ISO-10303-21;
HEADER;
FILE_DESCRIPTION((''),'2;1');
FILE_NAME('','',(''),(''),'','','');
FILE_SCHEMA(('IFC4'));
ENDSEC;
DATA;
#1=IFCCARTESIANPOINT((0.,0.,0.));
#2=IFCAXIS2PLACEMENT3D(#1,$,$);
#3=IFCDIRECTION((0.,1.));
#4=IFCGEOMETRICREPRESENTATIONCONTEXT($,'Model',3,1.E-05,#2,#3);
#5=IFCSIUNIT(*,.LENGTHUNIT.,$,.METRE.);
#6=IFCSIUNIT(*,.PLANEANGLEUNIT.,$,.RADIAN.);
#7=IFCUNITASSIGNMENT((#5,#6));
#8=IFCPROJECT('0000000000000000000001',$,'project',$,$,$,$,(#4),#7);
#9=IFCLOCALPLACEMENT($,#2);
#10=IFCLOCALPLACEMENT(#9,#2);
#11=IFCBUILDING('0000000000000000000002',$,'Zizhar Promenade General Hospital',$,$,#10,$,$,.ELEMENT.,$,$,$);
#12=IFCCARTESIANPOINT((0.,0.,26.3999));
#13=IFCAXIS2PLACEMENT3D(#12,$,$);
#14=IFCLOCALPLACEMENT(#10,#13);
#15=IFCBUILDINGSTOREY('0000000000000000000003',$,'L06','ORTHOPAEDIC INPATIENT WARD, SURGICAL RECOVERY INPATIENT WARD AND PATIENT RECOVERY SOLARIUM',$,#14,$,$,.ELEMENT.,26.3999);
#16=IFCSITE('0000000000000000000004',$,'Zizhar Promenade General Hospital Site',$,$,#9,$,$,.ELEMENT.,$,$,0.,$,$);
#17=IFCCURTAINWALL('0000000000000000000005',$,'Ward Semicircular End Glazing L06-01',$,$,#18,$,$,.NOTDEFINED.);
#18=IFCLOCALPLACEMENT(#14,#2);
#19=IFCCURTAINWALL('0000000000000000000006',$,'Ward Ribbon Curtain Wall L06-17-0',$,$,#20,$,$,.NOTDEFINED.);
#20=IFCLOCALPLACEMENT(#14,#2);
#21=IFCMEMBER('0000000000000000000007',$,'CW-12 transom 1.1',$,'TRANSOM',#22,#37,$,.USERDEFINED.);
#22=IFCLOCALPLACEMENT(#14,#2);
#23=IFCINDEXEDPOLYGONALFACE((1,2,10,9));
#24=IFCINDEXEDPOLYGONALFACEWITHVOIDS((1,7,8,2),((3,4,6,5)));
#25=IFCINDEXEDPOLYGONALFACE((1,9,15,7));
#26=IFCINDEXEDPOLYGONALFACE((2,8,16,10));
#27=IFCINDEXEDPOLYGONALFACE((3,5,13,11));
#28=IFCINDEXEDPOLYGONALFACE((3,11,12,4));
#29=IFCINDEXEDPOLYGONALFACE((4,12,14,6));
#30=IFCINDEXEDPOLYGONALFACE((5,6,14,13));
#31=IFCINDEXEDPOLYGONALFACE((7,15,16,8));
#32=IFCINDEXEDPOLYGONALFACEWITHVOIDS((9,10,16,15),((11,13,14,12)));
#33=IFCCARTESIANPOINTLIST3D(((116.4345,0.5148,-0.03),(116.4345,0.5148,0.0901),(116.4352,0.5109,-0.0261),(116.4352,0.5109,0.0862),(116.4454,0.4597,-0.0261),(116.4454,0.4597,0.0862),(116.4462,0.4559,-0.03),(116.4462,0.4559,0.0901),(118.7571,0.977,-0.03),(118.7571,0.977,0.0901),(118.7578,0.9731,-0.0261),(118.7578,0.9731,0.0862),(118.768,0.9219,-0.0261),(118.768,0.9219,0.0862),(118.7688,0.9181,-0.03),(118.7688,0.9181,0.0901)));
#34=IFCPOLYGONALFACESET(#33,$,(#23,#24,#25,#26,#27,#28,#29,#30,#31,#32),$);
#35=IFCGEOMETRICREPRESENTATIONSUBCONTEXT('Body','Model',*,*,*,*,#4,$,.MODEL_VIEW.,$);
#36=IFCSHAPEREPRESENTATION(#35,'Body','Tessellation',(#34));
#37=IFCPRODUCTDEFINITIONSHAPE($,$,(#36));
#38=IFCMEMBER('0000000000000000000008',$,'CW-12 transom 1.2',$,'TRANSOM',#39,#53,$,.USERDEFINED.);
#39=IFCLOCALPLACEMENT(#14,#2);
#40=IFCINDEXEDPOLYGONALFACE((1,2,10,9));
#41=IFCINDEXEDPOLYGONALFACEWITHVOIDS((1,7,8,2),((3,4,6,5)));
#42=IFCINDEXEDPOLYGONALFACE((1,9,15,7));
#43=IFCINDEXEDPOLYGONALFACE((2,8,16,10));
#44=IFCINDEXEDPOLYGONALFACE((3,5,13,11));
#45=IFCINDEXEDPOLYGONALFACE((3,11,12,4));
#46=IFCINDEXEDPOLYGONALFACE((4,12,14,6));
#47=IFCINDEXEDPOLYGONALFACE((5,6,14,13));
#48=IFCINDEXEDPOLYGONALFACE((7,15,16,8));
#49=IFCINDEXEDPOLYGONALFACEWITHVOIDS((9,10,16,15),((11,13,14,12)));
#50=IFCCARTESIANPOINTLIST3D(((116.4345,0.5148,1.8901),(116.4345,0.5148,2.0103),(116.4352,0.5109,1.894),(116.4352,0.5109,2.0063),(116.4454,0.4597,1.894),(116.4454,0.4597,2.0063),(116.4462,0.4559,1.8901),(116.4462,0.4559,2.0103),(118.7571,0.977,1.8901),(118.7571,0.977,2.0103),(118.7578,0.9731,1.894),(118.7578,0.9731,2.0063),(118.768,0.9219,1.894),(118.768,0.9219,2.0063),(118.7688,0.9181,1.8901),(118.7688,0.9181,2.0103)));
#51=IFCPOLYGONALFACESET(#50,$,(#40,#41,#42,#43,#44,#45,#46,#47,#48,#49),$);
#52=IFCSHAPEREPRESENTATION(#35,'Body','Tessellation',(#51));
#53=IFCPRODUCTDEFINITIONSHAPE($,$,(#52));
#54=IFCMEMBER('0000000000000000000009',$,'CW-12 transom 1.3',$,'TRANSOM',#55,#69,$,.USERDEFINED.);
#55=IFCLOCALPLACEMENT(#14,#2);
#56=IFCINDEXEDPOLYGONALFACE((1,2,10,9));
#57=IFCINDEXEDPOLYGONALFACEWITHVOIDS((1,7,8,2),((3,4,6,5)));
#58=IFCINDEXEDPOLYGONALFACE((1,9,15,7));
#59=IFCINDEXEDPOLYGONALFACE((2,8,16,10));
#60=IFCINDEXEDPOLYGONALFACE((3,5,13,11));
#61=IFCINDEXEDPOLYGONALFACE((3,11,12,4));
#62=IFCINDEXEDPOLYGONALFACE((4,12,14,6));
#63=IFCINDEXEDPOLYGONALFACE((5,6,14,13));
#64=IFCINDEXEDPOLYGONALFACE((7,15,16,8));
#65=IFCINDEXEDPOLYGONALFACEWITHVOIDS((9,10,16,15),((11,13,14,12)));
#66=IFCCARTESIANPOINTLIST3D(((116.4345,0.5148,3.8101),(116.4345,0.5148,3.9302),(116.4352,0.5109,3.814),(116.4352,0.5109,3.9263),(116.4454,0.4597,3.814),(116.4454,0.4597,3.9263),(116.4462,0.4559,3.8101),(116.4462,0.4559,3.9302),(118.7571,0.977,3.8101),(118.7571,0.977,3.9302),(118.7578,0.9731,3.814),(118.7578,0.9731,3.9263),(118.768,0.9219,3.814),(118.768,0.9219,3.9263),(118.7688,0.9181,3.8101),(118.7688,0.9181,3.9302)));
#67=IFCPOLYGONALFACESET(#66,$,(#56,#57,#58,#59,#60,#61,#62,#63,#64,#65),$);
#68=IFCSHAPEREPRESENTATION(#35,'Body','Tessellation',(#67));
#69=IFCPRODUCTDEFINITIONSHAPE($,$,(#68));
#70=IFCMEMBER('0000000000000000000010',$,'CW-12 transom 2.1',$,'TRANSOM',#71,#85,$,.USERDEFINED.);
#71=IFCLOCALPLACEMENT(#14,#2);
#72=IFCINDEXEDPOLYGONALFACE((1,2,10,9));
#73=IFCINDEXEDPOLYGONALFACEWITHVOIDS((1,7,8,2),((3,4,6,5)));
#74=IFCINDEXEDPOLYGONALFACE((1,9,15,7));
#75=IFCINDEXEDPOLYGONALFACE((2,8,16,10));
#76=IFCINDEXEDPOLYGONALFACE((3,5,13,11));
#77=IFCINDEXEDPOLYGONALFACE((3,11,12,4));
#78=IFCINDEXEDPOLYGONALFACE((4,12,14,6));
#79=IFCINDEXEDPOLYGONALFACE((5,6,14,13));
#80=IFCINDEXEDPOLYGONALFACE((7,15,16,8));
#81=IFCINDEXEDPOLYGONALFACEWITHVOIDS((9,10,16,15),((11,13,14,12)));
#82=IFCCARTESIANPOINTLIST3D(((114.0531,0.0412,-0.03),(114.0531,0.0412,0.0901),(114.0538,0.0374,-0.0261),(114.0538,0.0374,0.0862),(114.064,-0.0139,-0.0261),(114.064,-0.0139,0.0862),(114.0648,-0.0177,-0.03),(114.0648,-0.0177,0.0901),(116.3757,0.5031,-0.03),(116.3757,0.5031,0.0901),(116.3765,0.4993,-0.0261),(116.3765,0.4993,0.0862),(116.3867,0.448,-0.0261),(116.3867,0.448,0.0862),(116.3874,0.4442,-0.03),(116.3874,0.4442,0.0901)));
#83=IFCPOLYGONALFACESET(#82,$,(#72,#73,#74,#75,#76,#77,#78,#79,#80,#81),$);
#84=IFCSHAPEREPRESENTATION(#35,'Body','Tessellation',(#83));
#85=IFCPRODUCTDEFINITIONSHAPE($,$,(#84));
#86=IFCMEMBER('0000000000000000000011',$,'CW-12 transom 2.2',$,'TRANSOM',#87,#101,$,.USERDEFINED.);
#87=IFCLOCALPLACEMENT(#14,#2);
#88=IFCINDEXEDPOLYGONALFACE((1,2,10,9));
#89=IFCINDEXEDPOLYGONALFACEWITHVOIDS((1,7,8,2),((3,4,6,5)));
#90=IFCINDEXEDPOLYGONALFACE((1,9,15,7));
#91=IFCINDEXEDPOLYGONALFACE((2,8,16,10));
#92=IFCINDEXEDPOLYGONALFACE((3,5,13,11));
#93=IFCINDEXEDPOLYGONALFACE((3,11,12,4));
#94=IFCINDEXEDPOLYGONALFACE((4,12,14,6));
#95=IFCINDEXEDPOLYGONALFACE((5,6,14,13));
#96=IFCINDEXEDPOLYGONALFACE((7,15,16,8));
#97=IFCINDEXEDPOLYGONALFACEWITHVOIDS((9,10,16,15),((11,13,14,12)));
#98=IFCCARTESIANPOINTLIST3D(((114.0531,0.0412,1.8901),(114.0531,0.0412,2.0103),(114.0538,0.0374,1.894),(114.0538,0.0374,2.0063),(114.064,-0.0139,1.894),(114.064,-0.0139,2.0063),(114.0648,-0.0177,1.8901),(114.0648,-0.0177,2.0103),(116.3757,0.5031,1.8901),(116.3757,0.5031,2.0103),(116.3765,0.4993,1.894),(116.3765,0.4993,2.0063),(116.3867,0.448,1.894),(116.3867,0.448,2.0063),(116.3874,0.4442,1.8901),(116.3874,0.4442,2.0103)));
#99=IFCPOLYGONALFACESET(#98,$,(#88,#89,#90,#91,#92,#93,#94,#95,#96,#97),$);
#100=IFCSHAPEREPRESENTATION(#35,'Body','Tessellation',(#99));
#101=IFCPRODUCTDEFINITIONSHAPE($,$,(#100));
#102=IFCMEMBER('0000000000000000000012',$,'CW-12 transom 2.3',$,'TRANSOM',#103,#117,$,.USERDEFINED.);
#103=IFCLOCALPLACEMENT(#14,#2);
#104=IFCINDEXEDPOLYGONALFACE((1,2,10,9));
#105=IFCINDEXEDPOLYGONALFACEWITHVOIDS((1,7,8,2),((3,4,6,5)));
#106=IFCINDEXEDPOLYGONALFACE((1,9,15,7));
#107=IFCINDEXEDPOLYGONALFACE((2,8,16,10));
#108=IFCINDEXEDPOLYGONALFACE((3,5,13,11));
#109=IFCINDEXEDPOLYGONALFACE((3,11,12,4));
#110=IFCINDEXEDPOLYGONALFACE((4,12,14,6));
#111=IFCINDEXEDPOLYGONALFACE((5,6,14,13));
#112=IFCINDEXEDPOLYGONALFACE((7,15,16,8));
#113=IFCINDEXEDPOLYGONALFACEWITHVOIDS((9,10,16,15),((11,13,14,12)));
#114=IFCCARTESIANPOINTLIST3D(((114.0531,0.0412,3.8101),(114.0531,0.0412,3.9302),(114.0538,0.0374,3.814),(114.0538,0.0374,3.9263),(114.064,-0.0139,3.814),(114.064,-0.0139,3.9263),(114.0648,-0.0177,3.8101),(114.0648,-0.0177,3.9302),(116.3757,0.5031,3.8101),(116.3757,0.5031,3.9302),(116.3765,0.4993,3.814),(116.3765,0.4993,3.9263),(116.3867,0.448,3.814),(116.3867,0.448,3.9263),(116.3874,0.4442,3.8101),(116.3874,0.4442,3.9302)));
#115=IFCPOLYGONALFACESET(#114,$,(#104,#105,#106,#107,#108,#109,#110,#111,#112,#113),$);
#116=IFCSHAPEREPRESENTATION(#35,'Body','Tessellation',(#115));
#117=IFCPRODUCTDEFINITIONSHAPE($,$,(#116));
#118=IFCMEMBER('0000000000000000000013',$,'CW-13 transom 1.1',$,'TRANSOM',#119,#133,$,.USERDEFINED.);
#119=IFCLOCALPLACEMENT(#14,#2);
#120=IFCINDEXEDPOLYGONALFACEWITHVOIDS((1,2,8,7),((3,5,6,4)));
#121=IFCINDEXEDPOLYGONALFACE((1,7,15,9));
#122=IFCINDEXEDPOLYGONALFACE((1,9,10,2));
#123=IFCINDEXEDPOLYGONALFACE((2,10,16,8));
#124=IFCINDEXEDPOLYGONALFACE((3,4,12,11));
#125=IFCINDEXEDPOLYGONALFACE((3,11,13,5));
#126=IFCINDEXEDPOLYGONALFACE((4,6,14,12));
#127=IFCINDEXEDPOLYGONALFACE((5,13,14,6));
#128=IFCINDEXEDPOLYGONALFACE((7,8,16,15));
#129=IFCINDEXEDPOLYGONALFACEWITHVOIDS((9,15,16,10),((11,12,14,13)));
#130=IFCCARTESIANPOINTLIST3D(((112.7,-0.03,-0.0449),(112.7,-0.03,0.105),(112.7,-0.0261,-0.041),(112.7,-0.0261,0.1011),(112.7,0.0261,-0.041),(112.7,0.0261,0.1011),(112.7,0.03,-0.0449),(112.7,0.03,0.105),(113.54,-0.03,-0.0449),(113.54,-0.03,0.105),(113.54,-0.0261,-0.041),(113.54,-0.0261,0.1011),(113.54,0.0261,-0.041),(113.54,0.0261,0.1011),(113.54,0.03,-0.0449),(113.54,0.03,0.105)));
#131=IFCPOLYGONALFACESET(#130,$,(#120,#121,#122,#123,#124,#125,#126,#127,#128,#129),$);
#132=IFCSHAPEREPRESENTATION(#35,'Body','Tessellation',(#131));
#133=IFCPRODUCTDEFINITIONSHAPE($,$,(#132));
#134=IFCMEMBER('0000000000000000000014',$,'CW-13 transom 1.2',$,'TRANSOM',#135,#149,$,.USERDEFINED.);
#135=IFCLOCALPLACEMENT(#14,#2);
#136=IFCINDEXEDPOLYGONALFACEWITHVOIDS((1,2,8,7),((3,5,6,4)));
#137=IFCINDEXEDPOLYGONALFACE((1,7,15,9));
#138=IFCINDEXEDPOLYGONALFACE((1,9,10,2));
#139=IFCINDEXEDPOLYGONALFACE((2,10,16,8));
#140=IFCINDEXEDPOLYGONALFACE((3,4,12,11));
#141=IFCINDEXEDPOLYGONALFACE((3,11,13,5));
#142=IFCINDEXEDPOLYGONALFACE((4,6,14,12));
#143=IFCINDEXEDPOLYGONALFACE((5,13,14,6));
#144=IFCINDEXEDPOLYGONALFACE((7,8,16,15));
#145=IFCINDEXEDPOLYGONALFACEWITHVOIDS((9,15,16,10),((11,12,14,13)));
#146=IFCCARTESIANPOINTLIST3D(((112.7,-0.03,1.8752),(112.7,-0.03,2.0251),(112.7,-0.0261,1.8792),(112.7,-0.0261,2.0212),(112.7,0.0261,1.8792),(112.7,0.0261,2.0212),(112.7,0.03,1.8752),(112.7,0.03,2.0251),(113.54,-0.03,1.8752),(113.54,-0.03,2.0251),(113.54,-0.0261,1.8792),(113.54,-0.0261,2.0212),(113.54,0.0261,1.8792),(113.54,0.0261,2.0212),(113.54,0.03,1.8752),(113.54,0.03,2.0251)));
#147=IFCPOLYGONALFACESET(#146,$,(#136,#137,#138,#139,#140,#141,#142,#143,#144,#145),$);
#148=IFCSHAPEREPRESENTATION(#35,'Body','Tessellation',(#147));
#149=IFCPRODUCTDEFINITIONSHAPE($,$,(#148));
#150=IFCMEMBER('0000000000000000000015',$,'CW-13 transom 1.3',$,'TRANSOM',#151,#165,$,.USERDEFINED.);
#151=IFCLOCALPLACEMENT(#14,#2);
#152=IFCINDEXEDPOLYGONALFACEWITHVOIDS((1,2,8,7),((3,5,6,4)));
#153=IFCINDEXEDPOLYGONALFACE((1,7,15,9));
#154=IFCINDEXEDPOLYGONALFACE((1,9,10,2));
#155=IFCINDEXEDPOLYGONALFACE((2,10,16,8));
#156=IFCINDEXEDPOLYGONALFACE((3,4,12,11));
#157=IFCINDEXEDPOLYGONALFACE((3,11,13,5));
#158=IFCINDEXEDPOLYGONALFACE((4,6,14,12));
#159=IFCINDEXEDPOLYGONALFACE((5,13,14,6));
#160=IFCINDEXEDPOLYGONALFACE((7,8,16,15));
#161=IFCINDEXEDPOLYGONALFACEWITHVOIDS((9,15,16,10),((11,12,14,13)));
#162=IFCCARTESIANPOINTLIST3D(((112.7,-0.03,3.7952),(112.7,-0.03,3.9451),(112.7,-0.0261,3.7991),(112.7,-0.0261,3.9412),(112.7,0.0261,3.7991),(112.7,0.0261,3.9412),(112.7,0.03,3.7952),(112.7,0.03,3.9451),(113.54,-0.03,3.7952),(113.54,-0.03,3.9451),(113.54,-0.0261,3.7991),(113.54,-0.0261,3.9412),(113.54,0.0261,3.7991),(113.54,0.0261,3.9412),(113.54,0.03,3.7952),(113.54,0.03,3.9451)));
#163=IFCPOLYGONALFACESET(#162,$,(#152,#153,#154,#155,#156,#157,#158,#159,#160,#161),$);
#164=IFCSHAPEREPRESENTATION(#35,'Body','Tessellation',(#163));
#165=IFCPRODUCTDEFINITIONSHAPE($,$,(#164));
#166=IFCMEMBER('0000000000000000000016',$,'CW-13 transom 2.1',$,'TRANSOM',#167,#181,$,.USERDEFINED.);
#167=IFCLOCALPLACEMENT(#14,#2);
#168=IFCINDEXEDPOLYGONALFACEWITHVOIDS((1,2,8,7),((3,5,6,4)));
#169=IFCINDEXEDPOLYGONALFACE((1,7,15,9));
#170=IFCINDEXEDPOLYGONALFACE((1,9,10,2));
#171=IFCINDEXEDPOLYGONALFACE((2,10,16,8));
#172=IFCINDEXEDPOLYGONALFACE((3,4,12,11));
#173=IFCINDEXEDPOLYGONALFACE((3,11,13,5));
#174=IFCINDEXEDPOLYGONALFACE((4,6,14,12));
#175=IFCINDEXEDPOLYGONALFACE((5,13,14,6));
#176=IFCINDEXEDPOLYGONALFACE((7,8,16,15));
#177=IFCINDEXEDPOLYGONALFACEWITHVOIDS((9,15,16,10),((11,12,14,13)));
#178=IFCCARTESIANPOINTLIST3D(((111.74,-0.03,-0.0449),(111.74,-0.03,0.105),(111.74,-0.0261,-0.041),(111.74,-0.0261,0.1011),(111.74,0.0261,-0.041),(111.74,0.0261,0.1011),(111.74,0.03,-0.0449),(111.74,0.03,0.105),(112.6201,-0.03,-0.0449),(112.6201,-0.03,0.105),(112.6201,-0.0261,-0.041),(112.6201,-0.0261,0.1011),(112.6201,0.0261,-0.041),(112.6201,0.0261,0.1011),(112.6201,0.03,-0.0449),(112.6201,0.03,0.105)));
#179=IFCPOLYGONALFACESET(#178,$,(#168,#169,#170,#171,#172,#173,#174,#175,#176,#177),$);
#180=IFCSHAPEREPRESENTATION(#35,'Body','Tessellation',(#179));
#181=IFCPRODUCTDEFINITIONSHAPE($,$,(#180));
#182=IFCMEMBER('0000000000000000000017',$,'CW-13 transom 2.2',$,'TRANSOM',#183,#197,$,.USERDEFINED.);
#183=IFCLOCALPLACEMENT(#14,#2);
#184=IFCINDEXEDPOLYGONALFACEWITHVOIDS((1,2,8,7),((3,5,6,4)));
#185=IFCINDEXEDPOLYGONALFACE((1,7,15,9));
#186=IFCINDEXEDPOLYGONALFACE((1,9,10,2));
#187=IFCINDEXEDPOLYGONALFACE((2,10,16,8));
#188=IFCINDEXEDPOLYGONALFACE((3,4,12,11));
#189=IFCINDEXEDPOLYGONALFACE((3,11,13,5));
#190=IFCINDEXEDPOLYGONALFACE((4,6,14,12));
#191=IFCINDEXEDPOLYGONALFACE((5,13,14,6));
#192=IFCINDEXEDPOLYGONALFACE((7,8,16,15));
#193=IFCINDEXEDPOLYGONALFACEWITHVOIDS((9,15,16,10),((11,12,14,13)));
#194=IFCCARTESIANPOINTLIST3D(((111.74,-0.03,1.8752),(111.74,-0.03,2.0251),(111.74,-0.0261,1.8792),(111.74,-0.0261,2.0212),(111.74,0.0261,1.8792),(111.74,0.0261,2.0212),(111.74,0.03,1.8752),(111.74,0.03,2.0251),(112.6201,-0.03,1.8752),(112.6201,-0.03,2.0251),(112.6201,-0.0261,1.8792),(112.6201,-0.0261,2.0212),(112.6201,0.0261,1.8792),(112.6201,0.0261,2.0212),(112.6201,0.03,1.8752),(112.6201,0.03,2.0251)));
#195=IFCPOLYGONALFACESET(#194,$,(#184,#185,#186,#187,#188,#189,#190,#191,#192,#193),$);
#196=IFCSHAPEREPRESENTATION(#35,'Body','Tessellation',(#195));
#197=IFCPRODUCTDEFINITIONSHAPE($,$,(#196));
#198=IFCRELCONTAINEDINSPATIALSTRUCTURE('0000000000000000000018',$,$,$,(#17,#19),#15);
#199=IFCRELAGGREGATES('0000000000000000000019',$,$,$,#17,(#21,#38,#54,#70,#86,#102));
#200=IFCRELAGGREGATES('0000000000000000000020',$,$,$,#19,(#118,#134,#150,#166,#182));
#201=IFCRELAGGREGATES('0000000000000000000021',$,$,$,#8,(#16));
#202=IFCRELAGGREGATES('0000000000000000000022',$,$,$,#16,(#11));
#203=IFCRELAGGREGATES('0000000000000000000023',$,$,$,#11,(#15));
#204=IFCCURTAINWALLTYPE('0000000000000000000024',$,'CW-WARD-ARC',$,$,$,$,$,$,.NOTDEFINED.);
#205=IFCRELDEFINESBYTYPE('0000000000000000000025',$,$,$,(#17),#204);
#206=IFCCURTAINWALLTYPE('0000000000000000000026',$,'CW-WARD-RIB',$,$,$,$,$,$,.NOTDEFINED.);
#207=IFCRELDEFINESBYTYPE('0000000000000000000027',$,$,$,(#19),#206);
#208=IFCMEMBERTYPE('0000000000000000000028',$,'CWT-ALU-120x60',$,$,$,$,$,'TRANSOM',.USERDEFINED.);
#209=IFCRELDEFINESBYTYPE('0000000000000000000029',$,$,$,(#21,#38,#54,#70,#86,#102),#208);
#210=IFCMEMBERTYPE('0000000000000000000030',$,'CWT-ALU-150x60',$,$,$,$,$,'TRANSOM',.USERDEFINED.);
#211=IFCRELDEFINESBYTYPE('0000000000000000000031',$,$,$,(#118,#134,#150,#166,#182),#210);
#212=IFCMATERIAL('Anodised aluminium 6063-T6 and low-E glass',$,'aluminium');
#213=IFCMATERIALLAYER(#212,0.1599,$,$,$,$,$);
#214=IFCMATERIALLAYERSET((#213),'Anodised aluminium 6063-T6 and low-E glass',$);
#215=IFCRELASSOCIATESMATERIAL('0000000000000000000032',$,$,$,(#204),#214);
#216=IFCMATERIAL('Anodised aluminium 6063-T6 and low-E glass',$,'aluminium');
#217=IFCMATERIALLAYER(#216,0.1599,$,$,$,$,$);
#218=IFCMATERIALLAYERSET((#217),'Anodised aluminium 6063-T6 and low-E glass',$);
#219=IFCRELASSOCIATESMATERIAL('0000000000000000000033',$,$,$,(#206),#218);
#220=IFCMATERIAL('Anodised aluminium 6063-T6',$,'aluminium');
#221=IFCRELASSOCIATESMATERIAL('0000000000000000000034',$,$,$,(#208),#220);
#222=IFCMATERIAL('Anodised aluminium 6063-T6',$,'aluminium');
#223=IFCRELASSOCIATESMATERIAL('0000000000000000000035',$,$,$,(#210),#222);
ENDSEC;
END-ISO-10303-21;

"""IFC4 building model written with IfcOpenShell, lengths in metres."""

from ifc_helpers import new_model, si_unit, direction, frame, origin, origin_2d, place, context, subcontext, project, spatial, hollow_rectangle, extrude, material, layer, layer_set, material_profile, profile_set, type_object, element, aggregate, save


model = new_model("IFC4")

# Units and contexts
model_context = context("Model", 3, precision=1e-05, world=origin(), true_north=direction((0.0, 1.0)))
body_context = subcontext(model_context, "Body", "Model", "MODEL_VIEW")
ifc_project = project(units=[si_unit("LENGTHUNIT", "METRE"), si_unit("PLANEANGLEUNIT", "RADIAN")], contexts=[model_context])

# Site, building, storey
site_placement = place(None, origin())
site = spatial("IfcSite", under=ifc_project, at=site_placement, Name="Zizhar Promenade General Hospital Site", CompositionType="ELEMENT", RefElevation=0.0)
building_placement = place(site_placement, origin())
building = spatial("IfcBuilding", under=site, at=building_placement, Name="Zizhar Promenade General Hospital", CompositionType="ELEMENT")
storey_placement = place(building_placement, frame((0.0, 0.0, 26.3999)))
storey = spatial("IfcBuildingStorey", under=building, at=storey_placement, Name="L06", Description="ORTHOPAEDIC INPATIENT WARD, SURGICAL RECOVERY INPATIENT WARD AND PATIENT RECOVERY SOLARIUM", CompositionType="ELEMENT", Elevation=26.3999)

# Curtain wall
ifc_material_1 = material(Name="Anodised aluminium 6063-T6 and low-E glass", Category="aluminium")
ifc_layer_1 = layer(ifc_material_1, 0.1599)
ifc_layer_set_1 = layer_set([ifc_layer_1], Name="Anodised aluminium 6063-T6 and low-E glass")
curtain_wall_type_1 = type_object("IfcCurtainWallType", Name="CW-WARD-ARC", PredefinedType="NOTDEFINED", material=ifc_layer_set_1)
curtain_wall_1_placement = place(storey_placement, origin())
curtain_wall_1 = element("IfcCurtainWall", 1, at=curtain_wall_1_placement, inside=storey, type_object=curtain_wall_type_1, Name="Ward Semicircular End Glazing L06-01", PredefinedType="NOTDEFINED")

# Curtain wall
ifc_material_2 = material(Name="Anodised aluminium 6063-T6 and low-E glass", Category="aluminium")
ifc_layer_2 = layer(ifc_material_2, 0.1599)
ifc_layer_set_2 = layer_set([ifc_layer_2], Name="Anodised aluminium 6063-T6 and low-E glass")
curtain_wall_type_2 = type_object("IfcCurtainWallType", Name="CW-WARD-RIB", PredefinedType="NOTDEFINED", material=ifc_layer_set_2)
curtain_wall_2_placement = place(storey_placement, origin())
curtain_wall_2 = element("IfcCurtainWall", 2, at=curtain_wall_2_placement, inside=storey, type_object=curtain_wall_type_2, Name="Ward Ribbon Curtain Wall L06-17-0", PredefinedType="NOTDEFINED")

# Members
ifc_material_3 = material(Name="Anodised aluminium 6063-T6", Category="aluminium")
ifc_material_profile_1 = material_profile(ifc_material_3, hollow_rectangle(XDim=0.0601, YDim=0.1201, WallThickness=0.0039, at=origin_2d()))
ifc_profile_set_1 = profile_set([ifc_material_profile_1], Name="Anodised aluminium 6063-T6")
member_type_1 = type_object("IfcMemberType", Name="CWT-ALU-120x60", ElementType="TRANSOM", PredefinedType="USERDEFINED", material=ifc_profile_set_1)
member_1_placement = place(storey_placement, frame((118.7629, 0.9475, 0.03), z_axis=(-0.980771, -0.195164, 0.0), x_axis=(0.195164, -0.980771, 0.0)))
member_1 = element("IfcMember", 3, at=member_1_placement, type_object=member_type_1, Name="CW-12 transom 1.1", ObjectType="TRANSOM", PredefinedType="USERDEFINED", context=body_context, shape_type="SweptSolid", body=[
    extrude(hollow_rectangle(XDim=0.0601, YDim=0.1201, WallThickness=0.0039, at=origin_2d()), origin(), (0.0, 0.0, 1.0), 2.3682),
])
member_2_placement = place(storey_placement, frame((118.7629, 0.9475, 1.9502), z_axis=(-0.980771, -0.195164, 0.0), x_axis=(0.195164, -0.980771, 0.0)))
member_2 = element("IfcMember", 4, at=member_2_placement, type_object=member_type_1, Name="CW-12 transom 1.2", ObjectType="TRANSOM", PredefinedType="USERDEFINED", context=body_context, shape_type="SweptSolid", body=[
    extrude(hollow_rectangle(XDim=0.0601, YDim=0.1201, WallThickness=0.0039, at=origin_2d()), origin(), (0.0, 0.0, 1.0), 2.3682),
])
member_3_placement = place(storey_placement, frame((118.7629, 0.9475, 3.8701), z_axis=(-0.980771, -0.195164, 0.0), x_axis=(0.195164, -0.980771, 0.0)))
member_3 = element("IfcMember", 5, at=member_3_placement, type_object=member_type_1, Name="CW-12 transom 1.3", ObjectType="TRANSOM", PredefinedType="USERDEFINED", context=body_context, shape_type="SweptSolid", body=[
    extrude(hollow_rectangle(XDim=0.0601, YDim=0.1201, WallThickness=0.0039, at=origin_2d()), origin(), (0.0, 0.0, 1.0), 2.3682),
])
member_4_placement = place(storey_placement, frame((116.3816, 0.4736, 0.03), z_axis=(-0.980794, -0.195045, 0.0), x_axis=(0.195045, -0.980794, 0.0)))
member_4 = element("IfcMember", 6, at=member_4_placement, type_object=member_type_1, Name="CW-12 transom 2.1", ObjectType="TRANSOM", PredefinedType="USERDEFINED", context=body_context, shape_type="SweptSolid", body=[
    extrude(hollow_rectangle(XDim=0.0601, YDim=0.1201, WallThickness=0.0039, at=origin_2d()), origin(), (0.0, 0.0, 1.0), 2.3682),
])
member_5_placement = place(storey_placement, frame((116.3816, 0.4736, 1.9502), z_axis=(-0.980794, -0.195045, 0.0), x_axis=(0.195045, -0.980794, 0.0)))
member_5 = element("IfcMember", 7, at=member_5_placement, type_object=member_type_1, Name="CW-12 transom 2.2", ObjectType="TRANSOM", PredefinedType="USERDEFINED", context=body_context, shape_type="SweptSolid", body=[
    extrude(hollow_rectangle(XDim=0.0601, YDim=0.1201, WallThickness=0.0039, at=origin_2d()), origin(), (0.0, 0.0, 1.0), 2.3682),
])
member_6_placement = place(storey_placement, frame((116.3816, 0.4736, 3.8701), z_axis=(-0.980794, -0.195045, 0.0), x_axis=(0.195045, -0.980794, 0.0)))
member_6 = element("IfcMember", 8, at=member_6_placement, type_object=member_type_1, Name="CW-12 transom 2.3", ObjectType="TRANSOM", PredefinedType="USERDEFINED", context=body_context, shape_type="SweptSolid", body=[
    extrude(hollow_rectangle(XDim=0.0601, YDim=0.1201, WallThickness=0.0039, at=origin_2d()), origin(), (0.0, 0.0, 1.0), 2.3682),
])
ifc_material_4 = material(Name="Anodised aluminium 6063-T6", Category="aluminium")
ifc_material_profile_2 = material_profile(ifc_material_4, hollow_rectangle(XDim=0.0601, YDim=0.1499, WallThickness=0.0039, at=origin_2d()))
ifc_profile_set_2 = profile_set([ifc_material_profile_2], Name="Anodised aluminium 6063-T6")
member_type_2 = type_object("IfcMemberType", Name="CWT-ALU-150x60", ElementType="TRANSOM", PredefinedType="USERDEFINED", material=ifc_profile_set_2)
member_7_placement = place(storey_placement, frame((113.54, 0.0, 0.03), z_axis=(-1.0, 0.0, 0.0), x_axis=(0.0, -1.0, 0.0)))
member_7 = element("IfcMember", 9, at=member_7_placement, type_object=member_type_2, Name="CW-13 transom 1.1", ObjectType="TRANSOM", PredefinedType="USERDEFINED", context=body_context, shape_type="SweptSolid", body=[
    extrude(hollow_rectangle(XDim=0.0601, YDim=0.1499, WallThickness=0.0039, at=origin_2d()), origin(), (0.0, 0.0, 1.0), 0.8401),
])
member_8_placement = place(storey_placement, frame((113.54, 0.0, 1.9502), z_axis=(-1.0, 0.0, 0.0), x_axis=(0.0, -1.0, 0.0)))
member_8 = element("IfcMember", 10, at=member_8_placement, type_object=member_type_2, Name="CW-13 transom 1.2", ObjectType="TRANSOM", PredefinedType="USERDEFINED", context=body_context, shape_type="SweptSolid", body=[
    extrude(hollow_rectangle(XDim=0.0601, YDim=0.1499, WallThickness=0.0039, at=origin_2d()), origin(), (0.0, 0.0, 1.0), 0.8401),
])
member_9_placement = place(storey_placement, frame((113.54, 0.0, 3.8701), z_axis=(-1.0, 0.0, 0.0), x_axis=(0.0, -1.0, 0.0)))
member_9 = element("IfcMember", 11, at=member_9_placement, type_object=member_type_2, Name="CW-13 transom 1.3", ObjectType="TRANSOM", PredefinedType="USERDEFINED", context=body_context, shape_type="SweptSolid", body=[
    extrude(hollow_rectangle(XDim=0.0601, YDim=0.1499, WallThickness=0.0039, at=origin_2d()), origin(), (0.0, 0.0, 1.0), 0.8401),
])
member_10_placement = place(storey_placement, frame((112.6201, 0.0, 0.03), z_axis=(-1.0, 0.0, 0.0), x_axis=(0.0, -1.0, 0.0)))
member_10 = element("IfcMember", 12, at=member_10_placement, type_object=member_type_2, Name="CW-13 transom 2.1", ObjectType="TRANSOM", PredefinedType="USERDEFINED", context=body_context, shape_type="SweptSolid", body=[
    extrude(hollow_rectangle(XDim=0.0601, YDim=0.1499, WallThickness=0.0039, at=origin_2d()), origin(), (0.0, 0.0, 1.0), 0.8801),
])
member_11_placement = place(storey_placement, frame((112.6201, 0.0, 1.9502), z_axis=(-1.0, 0.0, 0.0), x_axis=(0.0, -1.0, 0.0)))
member_11 = element("IfcMember", 13, at=member_11_placement, type_object=member_type_2, Name="CW-13 transom 2.2", ObjectType="TRANSOM", PredefinedType="USERDEFINED", context=body_context, shape_type="SweptSolid", body=[
    extrude(hollow_rectangle(XDim=0.0601, YDim=0.1499, WallThickness=0.0039, at=origin_2d()), origin(), (0.0, 0.0, 1.0), 0.8801),
])

aggregate(curtain_wall_1, [member_1, member_2, member_3, member_4, member_5, member_6])
aggregate(curtain_wall_2, [member_7, member_8, member_9, member_10, member_11])

save(model, "model.ifc")
